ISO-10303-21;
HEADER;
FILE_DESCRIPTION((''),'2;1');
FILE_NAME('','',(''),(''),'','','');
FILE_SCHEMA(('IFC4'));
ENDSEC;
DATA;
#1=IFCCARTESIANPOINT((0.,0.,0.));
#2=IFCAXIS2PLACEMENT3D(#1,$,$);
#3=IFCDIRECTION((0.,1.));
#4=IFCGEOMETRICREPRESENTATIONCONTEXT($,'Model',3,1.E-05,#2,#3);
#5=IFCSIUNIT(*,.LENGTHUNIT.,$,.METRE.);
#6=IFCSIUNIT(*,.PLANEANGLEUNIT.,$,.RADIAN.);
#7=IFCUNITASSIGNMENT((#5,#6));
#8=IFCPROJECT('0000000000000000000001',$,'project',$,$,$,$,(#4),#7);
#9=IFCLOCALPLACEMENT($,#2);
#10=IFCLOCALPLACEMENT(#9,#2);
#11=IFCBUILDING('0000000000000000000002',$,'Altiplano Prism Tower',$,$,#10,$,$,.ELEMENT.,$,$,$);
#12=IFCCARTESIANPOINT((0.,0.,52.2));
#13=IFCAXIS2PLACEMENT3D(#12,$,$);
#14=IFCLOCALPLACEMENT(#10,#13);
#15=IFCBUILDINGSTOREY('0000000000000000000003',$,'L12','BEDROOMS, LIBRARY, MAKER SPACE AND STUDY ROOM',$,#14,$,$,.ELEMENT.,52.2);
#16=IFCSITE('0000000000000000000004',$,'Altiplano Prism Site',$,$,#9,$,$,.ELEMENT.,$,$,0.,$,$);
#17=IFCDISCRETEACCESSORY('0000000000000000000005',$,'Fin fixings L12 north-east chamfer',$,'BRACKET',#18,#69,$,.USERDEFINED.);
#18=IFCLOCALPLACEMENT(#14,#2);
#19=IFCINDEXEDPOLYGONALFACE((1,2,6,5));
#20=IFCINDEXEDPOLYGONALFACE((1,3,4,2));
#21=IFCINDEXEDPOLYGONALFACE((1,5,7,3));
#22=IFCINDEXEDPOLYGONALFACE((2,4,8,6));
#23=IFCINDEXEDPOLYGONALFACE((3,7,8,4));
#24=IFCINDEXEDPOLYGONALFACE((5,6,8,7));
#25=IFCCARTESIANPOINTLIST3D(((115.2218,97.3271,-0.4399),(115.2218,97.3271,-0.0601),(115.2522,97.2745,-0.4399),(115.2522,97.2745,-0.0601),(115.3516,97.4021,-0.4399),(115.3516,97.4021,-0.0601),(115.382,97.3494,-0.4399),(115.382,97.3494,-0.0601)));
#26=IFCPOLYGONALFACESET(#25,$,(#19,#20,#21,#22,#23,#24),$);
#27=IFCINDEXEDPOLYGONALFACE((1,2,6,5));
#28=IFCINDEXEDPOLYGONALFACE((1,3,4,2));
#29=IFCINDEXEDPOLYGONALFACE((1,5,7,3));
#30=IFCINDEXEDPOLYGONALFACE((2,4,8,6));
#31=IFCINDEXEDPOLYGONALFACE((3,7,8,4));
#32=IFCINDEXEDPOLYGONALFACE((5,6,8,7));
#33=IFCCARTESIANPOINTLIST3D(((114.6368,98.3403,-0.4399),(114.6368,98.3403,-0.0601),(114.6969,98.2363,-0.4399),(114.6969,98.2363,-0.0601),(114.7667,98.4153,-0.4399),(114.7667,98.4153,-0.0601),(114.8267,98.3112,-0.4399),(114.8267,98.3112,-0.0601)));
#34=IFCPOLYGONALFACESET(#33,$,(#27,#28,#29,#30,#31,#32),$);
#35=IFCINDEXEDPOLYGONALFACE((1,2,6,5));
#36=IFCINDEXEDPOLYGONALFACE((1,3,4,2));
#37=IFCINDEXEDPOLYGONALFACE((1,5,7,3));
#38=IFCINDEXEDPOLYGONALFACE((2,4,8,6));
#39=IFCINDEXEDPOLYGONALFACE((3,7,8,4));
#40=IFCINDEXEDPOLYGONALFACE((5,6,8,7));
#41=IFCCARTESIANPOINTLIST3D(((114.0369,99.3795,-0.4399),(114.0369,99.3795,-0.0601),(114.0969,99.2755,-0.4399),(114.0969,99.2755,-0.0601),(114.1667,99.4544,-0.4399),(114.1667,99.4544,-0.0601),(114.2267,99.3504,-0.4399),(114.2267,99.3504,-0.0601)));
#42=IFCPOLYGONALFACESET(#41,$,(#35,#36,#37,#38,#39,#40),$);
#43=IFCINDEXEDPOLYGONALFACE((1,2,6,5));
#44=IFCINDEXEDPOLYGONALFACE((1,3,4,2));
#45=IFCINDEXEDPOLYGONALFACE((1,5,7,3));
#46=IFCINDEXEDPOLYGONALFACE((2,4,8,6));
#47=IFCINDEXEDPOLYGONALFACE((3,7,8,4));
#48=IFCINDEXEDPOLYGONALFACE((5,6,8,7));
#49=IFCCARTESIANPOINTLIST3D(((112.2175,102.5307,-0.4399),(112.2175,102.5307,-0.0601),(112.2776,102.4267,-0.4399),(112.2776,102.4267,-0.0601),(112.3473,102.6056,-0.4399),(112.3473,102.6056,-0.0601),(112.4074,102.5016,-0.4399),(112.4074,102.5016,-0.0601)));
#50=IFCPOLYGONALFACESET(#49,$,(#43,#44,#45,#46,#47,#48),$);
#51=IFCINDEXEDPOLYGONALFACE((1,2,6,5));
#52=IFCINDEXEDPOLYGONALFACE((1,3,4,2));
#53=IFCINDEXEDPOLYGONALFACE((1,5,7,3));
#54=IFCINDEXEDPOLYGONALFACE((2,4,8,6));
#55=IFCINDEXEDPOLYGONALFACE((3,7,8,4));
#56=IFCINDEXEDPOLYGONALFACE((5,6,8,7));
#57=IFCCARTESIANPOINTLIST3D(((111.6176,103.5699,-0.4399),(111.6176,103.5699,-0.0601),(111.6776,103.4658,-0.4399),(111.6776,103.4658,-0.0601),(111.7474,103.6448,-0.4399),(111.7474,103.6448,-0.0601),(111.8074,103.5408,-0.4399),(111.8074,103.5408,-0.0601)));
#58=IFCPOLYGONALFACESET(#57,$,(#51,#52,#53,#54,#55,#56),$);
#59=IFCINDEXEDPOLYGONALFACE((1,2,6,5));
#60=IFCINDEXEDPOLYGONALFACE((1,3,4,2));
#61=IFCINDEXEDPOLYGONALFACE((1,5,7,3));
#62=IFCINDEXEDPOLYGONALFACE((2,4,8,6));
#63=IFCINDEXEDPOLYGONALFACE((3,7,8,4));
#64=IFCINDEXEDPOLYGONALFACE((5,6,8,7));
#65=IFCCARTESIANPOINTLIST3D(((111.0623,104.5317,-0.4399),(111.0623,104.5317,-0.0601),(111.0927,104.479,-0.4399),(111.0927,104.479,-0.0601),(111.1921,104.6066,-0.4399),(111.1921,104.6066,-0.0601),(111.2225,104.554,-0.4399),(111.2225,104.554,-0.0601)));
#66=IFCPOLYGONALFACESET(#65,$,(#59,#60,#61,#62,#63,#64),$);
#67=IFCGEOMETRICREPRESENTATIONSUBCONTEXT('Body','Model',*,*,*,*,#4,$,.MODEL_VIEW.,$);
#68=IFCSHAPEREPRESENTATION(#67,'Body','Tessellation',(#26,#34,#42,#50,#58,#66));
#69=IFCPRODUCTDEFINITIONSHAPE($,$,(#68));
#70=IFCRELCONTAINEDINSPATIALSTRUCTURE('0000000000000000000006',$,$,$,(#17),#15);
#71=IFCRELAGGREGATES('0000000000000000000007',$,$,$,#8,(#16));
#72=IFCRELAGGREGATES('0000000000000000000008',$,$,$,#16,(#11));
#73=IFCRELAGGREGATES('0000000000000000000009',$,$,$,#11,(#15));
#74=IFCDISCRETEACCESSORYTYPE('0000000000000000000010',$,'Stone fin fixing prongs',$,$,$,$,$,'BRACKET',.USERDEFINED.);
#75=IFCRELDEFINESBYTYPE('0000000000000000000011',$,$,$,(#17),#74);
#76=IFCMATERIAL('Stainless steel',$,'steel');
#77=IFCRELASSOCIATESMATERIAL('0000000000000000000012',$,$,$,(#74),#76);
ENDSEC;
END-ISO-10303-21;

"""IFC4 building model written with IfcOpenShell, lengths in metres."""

from ifc_helpers import new_model, si_unit, direction, frame, origin, place, context, subcontext, project, spatial, polyline, outline, extrude, source, transform, mapped, material, type_object, element, save


model = new_model("IFC4")

# Units and contexts
model_context = context("Model", 3, precision=1e-05, world=origin(), true_north=direction((0.0, 1.0)))
body_context = subcontext(model_context, "Body", "Model", "MODEL_VIEW")
ifc_project = project(units=[si_unit("LENGTHUNIT", "METRE"), si_unit("PLANEANGLEUNIT", "RADIAN")], contexts=[model_context])

# Site, building, storey
site_placement = place(None, origin())
site = spatial("IfcSite", under=ifc_project, at=site_placement, Name="Altiplano Prism Site", CompositionType="ELEMENT", RefElevation=0.0)
building_placement = place(site_placement, origin())
building = spatial("IfcBuilding", under=site, at=building_placement, Name="Altiplano Prism Tower", CompositionType="ELEMENT")
storey_placement = place(building_placement, frame((0.0, 0.0, 52.2)))
storey = spatial("IfcBuildingStorey", under=building, at=storey_placement, Name="L12", Description="BEDROOMS, LIBRARY, MAKER SPACE AND STUDY ROOM", CompositionType="ELEMENT", Elevation=52.2)

# Discrete accessory
ifc_material_1 = material(Name="Stainless steel", Category="steel")
discrete_accessory_type = type_object("IfcDiscreteAccessoryType", Name="Stone fin fixing prongs", ElementType="BRACKET", PredefinedType="USERDEFINED", material=ifc_material_1)
shared_shape_1 = source(origin(), body_context, "Body", "SweptSolid", [
    extrude(outline(polyline([(-4.1899, 0.0601), (-4.1292, 0.0601), (-4.1292, 0.4399), (-4.1899, 0.4399), (-4.1899, 0.0601)])), frame((0.0, 0.0, 0.0), z_axis=(0.0, -1.0, 0.0), x_axis=(1.0, 0.0, 0.0)), (0.0, 0.0, 1.0), 0.1499),
    extrude(outline(polyline([(-3.0793, 0.0601), (-2.9592, 0.0601), (-2.9592, 0.4399), (-3.0793, 0.4399), (-3.0793, 0.0601)])), frame((0.0, 0.0, 0.0), z_axis=(0.0, -1.0, 0.0), x_axis=(1.0, 0.0, 0.0)), (0.0, 0.0, 1.0), 0.1499),
    extrude(outline(polyline([(-1.8794, 0.0601), (-1.7593, 0.0601), (-1.7593, 0.4399), (-1.8794, 0.4399), (-1.8794, 0.0601)])), frame((0.0, 0.0, 0.0), z_axis=(0.0, -1.0, 0.0), x_axis=(1.0, 0.0, 0.0)), (0.0, 0.0, 1.0), 0.1499),
    extrude(outline(polyline([(1.7593, 0.0601), (1.8794, 0.0601), (1.8794, 0.4399), (1.7593, 0.4399), (1.7593, 0.0601)])), frame((0.0, 0.0, 0.0), z_axis=(0.0, -1.0, 0.0), x_axis=(1.0, 0.0, 0.0)), (0.0, 0.0, 1.0), 0.1499),
    extrude(outline(polyline([(2.9592, 0.0601), (3.0793, 0.0601), (3.0793, 0.4399), (2.9592, 0.4399), (2.9592, 0.0601)])), frame((0.0, 0.0, 0.0), z_axis=(0.0, -1.0, 0.0), x_axis=(1.0, 0.0, 0.0)), (0.0, 0.0, 1.0), 0.1499),
    extrude(outline(polyline([(4.1292, 0.0601), (4.1899, 0.0601), (4.1899, 0.4399), (4.1292, 0.4399), (4.1292, 0.0601)])), frame((0.0, 0.0, 0.0), z_axis=(0.0, -1.0, 0.0), x_axis=(1.0, 0.0, 0.0)), (0.0, 0.0, 1.0), 0.1499),
])
discrete_accessory_1_placement = place(storey_placement, origin())
element("IfcDiscreteAccessory", 1, at=discrete_accessory_1_placement, inside=storey, type_object=discrete_accessory_type, Name="Fin fixings L12 north-east chamfer", ObjectType="BRACKET", PredefinedType="USERDEFINED", context=body_context, shape_type="MappedRepresentation", body=[
    mapped(shared_shape_1, transform((113.1572, 100.9031, -0.5), x_axis=(-0.5, 0.866025, 0.0), y_axis=(-0.866025, -0.5, 0.0), z_axis=(0.0, 0.0, 1.0))),
])

save(model, "model.ifc")
